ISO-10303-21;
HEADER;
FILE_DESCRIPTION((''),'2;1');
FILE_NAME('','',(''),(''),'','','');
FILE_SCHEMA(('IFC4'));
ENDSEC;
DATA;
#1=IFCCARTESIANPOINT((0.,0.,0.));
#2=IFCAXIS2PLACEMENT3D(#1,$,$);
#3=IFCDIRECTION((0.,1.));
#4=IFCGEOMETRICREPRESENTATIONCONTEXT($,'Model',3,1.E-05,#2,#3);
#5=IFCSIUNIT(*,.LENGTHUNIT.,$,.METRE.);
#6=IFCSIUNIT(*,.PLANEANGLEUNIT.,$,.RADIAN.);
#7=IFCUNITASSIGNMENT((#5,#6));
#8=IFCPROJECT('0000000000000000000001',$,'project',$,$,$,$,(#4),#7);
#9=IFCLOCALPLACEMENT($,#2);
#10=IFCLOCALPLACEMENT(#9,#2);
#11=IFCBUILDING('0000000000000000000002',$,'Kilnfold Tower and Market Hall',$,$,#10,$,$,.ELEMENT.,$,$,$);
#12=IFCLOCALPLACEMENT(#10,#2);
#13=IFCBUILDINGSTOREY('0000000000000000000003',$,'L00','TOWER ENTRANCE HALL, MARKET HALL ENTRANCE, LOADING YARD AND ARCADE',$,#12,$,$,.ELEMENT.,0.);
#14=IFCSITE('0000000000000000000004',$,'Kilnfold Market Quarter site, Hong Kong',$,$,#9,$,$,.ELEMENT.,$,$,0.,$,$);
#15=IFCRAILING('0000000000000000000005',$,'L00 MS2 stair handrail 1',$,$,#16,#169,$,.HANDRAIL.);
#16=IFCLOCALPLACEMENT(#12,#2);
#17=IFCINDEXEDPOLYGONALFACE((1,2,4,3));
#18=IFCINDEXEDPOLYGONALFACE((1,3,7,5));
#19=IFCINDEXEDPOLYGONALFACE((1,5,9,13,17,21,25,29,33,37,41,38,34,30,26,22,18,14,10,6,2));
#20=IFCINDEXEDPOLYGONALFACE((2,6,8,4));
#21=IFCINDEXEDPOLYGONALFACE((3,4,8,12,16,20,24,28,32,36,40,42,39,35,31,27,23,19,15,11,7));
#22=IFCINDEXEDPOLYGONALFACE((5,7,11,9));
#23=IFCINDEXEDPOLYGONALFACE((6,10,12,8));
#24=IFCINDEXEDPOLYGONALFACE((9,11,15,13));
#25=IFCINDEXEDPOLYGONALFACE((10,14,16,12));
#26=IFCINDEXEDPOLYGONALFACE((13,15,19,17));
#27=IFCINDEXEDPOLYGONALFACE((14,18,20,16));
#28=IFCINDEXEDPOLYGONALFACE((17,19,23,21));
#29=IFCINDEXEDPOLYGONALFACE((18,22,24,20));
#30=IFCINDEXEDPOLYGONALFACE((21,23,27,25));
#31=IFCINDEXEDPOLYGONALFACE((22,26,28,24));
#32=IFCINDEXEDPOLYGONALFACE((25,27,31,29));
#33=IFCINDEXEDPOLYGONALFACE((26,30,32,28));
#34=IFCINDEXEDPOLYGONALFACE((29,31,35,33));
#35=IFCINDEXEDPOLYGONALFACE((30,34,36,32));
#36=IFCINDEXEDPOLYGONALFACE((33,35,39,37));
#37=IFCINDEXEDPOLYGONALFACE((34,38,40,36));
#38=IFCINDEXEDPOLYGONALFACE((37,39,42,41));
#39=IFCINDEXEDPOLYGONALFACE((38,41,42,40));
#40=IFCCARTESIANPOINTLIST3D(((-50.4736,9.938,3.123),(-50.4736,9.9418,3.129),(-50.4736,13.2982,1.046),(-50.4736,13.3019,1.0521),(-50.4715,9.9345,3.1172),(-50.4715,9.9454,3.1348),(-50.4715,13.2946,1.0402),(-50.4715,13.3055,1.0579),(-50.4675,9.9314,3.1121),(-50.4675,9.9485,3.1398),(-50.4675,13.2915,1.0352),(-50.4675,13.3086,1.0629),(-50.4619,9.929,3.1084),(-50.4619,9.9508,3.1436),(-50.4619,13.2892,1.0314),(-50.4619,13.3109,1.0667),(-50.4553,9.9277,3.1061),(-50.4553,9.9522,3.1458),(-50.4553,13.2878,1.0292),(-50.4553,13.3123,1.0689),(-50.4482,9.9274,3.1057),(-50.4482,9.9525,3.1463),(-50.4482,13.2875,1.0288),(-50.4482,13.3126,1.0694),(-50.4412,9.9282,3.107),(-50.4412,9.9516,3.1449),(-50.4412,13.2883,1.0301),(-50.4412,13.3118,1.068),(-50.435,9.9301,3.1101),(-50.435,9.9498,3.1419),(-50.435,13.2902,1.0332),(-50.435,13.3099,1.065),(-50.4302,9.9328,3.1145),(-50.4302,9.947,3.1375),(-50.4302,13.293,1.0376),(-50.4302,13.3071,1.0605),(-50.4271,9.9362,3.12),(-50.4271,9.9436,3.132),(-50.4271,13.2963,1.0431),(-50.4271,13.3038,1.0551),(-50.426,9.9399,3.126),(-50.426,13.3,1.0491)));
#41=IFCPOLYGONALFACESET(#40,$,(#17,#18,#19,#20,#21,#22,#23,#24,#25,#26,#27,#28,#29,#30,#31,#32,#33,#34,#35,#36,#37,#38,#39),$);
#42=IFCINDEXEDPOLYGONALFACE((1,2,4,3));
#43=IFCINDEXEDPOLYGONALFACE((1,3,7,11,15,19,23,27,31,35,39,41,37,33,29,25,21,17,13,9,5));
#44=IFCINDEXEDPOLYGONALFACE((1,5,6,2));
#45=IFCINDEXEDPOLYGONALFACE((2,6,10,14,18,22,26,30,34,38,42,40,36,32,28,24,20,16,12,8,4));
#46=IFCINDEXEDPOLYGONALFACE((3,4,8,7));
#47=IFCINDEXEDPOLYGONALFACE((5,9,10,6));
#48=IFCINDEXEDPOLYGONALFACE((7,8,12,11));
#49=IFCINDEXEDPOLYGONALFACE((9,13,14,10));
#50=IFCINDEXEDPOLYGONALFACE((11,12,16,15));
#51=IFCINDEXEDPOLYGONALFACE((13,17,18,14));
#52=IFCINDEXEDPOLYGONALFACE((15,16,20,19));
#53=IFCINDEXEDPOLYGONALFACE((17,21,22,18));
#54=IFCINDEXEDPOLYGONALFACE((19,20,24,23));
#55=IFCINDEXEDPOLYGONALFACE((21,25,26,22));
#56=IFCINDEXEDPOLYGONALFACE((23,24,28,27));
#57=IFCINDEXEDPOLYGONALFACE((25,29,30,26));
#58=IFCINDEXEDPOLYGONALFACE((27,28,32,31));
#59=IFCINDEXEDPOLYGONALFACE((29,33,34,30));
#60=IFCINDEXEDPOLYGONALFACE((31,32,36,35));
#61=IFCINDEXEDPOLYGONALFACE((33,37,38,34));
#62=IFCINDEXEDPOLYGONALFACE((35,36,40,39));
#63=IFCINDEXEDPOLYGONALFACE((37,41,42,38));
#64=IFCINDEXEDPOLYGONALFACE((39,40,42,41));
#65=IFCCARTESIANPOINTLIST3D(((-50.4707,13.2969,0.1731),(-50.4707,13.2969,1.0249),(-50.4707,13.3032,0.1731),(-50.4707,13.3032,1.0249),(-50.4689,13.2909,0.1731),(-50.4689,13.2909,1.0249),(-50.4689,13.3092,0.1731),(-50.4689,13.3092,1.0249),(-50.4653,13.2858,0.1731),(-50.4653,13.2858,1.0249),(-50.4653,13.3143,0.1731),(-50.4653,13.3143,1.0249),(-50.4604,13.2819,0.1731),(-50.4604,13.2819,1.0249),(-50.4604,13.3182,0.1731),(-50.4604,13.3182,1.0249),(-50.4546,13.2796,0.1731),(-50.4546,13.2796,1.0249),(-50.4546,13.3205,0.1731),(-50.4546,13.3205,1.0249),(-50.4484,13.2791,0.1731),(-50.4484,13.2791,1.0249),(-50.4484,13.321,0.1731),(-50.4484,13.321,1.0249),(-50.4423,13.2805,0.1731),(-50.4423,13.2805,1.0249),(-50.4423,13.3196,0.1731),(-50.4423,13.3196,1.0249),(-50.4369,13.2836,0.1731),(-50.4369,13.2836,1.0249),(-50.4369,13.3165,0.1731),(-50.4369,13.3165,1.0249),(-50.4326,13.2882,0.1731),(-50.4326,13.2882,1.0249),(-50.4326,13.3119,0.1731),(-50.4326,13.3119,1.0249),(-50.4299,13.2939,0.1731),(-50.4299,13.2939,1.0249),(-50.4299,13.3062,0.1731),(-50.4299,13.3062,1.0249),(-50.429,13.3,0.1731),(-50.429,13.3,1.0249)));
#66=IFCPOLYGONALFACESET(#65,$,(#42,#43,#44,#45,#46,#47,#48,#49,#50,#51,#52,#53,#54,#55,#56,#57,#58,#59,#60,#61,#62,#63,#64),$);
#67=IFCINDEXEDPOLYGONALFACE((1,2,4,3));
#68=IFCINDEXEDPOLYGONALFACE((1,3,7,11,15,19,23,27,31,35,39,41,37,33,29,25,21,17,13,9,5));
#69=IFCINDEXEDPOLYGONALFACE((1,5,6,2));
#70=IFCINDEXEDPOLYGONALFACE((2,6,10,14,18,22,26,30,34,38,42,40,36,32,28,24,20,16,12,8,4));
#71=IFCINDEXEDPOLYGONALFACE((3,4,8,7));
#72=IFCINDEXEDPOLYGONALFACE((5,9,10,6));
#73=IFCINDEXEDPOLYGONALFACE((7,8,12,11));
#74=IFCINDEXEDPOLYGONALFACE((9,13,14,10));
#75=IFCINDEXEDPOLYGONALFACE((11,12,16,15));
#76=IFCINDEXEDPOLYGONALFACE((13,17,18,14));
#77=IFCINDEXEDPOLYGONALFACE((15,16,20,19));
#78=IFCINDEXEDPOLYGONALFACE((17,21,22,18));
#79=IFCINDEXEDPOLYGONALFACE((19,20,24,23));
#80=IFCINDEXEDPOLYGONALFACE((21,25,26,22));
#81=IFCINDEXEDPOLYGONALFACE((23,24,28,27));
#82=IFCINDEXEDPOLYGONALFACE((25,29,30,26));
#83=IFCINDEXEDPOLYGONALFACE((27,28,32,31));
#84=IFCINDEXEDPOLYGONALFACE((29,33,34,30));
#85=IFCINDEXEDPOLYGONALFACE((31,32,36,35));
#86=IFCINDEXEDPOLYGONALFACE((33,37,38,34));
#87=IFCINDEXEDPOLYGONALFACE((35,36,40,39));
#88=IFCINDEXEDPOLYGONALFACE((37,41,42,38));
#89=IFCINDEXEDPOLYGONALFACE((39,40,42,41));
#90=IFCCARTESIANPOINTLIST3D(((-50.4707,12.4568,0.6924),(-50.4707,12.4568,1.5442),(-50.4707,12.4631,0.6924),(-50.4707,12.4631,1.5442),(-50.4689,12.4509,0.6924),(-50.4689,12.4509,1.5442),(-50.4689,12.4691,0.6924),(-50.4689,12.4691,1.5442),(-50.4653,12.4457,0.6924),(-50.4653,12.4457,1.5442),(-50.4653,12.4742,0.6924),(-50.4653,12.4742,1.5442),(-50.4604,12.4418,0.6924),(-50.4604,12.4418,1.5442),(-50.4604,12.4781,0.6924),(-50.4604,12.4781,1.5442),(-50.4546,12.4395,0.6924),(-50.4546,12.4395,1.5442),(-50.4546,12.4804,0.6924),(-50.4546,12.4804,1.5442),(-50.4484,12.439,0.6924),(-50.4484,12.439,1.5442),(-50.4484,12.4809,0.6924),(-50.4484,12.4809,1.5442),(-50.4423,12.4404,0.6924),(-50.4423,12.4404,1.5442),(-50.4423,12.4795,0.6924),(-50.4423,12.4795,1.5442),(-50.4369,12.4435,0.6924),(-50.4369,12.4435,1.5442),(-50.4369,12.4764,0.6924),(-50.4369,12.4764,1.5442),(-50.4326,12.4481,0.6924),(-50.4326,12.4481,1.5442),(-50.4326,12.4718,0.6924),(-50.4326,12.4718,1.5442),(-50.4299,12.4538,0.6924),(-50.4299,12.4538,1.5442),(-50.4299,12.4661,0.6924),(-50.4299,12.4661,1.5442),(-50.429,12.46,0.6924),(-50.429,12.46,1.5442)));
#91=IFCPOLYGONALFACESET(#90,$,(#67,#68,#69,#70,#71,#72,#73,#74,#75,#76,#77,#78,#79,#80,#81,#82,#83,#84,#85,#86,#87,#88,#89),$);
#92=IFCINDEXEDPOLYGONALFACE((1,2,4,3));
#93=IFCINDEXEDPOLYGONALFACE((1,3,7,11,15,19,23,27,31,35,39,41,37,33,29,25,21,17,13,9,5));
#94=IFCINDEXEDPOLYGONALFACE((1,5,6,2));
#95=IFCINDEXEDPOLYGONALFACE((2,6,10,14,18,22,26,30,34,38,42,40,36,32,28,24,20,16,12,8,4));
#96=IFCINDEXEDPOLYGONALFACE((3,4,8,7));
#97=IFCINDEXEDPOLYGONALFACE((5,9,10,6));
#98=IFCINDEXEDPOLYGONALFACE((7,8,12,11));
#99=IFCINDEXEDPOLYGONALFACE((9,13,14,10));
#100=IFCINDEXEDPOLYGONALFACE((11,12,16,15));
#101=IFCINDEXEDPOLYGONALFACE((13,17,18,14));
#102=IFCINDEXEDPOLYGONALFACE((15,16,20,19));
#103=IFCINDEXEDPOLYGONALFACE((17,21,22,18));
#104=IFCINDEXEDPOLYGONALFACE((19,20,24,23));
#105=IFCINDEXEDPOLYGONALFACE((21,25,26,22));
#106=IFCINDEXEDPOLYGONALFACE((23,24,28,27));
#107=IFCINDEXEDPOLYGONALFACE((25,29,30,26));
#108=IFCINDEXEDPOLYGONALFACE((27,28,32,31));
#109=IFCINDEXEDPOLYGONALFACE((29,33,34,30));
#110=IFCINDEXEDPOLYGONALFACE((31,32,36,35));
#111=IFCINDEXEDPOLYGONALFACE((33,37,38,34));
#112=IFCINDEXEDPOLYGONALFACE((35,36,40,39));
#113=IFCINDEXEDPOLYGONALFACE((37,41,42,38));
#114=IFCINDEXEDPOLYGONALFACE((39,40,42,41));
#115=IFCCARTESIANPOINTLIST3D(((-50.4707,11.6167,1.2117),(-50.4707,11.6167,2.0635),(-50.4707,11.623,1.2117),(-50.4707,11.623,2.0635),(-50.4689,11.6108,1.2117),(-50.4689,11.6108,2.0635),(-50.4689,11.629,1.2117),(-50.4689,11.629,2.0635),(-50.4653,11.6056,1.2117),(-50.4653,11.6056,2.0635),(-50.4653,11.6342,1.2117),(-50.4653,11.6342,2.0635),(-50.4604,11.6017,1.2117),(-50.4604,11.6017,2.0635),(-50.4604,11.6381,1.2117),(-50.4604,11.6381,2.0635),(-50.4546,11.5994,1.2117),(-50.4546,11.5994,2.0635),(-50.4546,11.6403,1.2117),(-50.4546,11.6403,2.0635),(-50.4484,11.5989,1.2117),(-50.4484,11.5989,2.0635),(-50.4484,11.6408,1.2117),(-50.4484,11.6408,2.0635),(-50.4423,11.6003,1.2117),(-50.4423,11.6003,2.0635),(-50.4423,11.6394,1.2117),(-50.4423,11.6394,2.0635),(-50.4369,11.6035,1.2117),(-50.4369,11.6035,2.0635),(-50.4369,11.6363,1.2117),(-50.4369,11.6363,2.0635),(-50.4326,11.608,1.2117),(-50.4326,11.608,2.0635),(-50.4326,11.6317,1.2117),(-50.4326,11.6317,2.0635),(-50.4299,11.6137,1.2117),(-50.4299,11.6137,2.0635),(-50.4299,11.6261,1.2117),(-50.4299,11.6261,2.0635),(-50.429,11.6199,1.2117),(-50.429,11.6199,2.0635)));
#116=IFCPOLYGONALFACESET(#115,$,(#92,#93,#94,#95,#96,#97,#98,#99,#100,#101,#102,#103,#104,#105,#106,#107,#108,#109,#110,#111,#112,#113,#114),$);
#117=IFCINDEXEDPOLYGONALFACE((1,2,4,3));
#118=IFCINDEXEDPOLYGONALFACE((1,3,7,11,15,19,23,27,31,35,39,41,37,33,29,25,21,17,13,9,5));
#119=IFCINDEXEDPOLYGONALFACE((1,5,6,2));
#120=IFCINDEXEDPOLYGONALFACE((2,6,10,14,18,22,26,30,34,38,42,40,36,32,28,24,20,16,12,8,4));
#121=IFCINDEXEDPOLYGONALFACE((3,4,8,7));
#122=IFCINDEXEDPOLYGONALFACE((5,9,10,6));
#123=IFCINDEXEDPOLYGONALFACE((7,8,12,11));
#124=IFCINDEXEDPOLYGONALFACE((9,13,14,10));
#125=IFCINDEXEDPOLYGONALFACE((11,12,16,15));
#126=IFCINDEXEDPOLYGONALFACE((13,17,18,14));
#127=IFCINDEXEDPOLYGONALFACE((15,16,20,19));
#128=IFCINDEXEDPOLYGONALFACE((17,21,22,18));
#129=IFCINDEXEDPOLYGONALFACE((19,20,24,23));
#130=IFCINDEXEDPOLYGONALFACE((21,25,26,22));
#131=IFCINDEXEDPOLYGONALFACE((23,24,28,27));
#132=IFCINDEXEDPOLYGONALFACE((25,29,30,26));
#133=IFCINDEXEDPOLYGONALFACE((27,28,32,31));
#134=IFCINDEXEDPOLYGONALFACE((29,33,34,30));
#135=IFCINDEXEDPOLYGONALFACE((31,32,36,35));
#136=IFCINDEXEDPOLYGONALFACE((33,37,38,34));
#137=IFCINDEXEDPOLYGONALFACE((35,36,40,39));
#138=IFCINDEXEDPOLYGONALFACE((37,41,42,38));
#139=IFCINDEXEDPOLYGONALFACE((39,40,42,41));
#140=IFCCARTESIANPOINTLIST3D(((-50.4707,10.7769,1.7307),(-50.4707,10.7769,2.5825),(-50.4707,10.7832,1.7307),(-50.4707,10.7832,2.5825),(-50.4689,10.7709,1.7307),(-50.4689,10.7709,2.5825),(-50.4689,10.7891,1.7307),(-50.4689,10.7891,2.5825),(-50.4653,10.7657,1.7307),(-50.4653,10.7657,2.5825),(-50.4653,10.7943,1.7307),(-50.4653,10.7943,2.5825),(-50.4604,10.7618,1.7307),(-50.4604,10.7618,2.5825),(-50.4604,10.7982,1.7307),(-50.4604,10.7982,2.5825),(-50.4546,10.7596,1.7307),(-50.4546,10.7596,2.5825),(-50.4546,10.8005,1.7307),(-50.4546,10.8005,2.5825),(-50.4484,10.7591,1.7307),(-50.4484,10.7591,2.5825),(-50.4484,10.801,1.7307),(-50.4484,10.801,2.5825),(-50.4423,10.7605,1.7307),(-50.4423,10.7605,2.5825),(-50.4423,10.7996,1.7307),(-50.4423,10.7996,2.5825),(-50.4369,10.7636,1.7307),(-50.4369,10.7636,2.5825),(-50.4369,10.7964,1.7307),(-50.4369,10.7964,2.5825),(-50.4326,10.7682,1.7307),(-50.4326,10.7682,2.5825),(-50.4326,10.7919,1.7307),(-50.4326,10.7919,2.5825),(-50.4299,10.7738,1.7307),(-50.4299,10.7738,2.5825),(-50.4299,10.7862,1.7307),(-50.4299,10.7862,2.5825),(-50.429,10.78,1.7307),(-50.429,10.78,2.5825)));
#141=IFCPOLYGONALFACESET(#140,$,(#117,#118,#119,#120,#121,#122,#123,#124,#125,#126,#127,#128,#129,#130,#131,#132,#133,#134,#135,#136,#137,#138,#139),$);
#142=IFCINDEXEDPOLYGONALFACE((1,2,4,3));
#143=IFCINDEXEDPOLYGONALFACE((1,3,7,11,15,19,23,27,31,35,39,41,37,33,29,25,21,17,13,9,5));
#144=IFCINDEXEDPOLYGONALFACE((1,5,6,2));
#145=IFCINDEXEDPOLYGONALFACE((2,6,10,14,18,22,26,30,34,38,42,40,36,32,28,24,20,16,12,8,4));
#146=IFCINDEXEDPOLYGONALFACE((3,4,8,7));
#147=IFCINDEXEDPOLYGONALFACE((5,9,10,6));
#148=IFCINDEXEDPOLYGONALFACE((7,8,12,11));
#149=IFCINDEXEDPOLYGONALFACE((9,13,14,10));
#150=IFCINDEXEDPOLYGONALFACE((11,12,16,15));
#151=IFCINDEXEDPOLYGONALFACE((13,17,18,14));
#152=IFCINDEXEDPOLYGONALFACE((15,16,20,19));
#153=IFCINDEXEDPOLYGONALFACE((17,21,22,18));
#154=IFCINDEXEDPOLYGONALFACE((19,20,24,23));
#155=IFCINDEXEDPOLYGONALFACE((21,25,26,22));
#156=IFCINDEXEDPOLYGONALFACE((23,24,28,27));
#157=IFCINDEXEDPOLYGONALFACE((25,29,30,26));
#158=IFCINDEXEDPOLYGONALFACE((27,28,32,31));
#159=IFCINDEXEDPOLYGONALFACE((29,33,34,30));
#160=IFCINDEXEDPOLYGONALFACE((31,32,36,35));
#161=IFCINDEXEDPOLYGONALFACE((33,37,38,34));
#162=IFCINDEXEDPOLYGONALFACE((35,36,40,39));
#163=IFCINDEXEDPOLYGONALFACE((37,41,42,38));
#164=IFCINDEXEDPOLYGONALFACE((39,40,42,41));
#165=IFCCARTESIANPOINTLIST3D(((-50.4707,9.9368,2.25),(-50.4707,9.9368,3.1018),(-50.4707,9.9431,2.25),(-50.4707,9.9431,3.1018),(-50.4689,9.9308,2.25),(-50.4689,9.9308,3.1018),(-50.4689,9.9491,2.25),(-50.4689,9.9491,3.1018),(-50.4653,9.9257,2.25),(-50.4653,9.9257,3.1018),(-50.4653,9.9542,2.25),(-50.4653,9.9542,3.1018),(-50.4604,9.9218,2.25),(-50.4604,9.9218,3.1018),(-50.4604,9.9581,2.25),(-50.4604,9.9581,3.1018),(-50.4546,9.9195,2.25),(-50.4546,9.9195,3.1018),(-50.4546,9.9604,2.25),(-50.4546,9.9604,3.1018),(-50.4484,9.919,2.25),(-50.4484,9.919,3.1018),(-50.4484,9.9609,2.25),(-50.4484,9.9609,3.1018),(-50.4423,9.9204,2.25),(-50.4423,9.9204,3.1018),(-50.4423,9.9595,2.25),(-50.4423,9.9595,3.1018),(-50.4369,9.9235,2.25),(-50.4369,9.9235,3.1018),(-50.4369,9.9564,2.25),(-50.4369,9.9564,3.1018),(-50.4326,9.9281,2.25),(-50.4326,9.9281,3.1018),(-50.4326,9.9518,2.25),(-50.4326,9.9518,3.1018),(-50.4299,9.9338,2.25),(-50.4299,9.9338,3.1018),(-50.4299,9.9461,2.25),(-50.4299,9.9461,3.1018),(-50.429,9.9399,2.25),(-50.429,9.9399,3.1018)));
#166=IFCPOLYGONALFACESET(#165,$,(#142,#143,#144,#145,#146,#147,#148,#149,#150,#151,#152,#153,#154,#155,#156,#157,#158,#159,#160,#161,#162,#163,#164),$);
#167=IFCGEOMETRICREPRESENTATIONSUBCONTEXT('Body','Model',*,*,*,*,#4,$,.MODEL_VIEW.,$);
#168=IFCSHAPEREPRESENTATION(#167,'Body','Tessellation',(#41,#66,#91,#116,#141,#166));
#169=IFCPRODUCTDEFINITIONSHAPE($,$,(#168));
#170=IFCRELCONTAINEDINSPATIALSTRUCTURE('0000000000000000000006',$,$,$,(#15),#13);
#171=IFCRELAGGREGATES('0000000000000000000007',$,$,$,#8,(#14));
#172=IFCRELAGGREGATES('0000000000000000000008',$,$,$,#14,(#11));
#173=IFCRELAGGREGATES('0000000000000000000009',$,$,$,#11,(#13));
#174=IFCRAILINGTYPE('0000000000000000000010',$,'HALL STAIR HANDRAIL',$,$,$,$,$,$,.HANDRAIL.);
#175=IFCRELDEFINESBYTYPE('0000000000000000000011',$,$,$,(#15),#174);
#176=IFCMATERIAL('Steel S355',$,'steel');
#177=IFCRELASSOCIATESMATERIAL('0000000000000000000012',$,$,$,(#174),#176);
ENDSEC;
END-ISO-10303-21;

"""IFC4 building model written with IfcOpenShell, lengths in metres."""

from ifc_helpers import new_model, si_unit, direction, frame, origin, origin_2d, place, context, subcontext, project, spatial, circle, extrude, material, type_object, element, save


model = new_model("IFC4")

# Units and contexts
model_context = context("Model", 3, precision=1e-05, world=origin(), true_north=direction((0.0, 1.0)))
body_context = subcontext(model_context, "Body", "Model", "MODEL_VIEW")
ifc_project = project(units=[si_unit("LENGTHUNIT", "METRE"), si_unit("PLANEANGLEUNIT", "RADIAN")], contexts=[model_context])

# Site, building, storey
site_placement = place(None, origin())
site = spatial("IfcSite", under=ifc_project, at=site_placement, Name="Kilnfold Market Quarter site, Hong Kong", CompositionType="ELEMENT", RefElevation=0.0)
building_placement = place(site_placement, origin())
building = spatial("IfcBuilding", under=site, at=building_placement, Name="Kilnfold Tower and Market Hall", CompositionType="ELEMENT")
storey_placement = place(building_placement, origin())
storey = spatial("IfcBuildingStorey", under=building, at=storey_placement, Name="L00", Description="TOWER ENTRANCE HALL, MARKET HALL ENTRANCE, LOADING YARD AND ARCADE", CompositionType="ELEMENT", Elevation=0.0)

# Railing
ifc_material_1 = material(Name="Steel S355", Category="steel")
railing_type_1 = type_object("IfcRailingType", Name="HALL STAIR HANDRAIL", PredefinedType="HANDRAIL", material=ifc_material_1)
railing_1_placement = place(storey_placement, frame((-50.45, 13.3, 0.1731)))
element("IfcRailing", 1, at=railing_1_placement, inside=storey, type_object=railing_type_1, Name="L00 MS2 stair handrail 1", PredefinedType="HANDRAIL", context=body_context, shape_type="SweptSolid", body=[
    extrude(circle(Radius=0.0239, at=origin_2d()), frame((0.0, 0.0, 0.876), z_axis=(0.0, -0.850623, 0.525776), x_axis=(1.0, 0.0, 0.0)), (0.0, 0.0, 1.0), 3.9502),
    extrude(circle(Radius=0.021, at=origin_2d()), origin(), (0.0, 0.0, 1.0), 0.8518),
    extrude(circle(Radius=0.021, at=origin_2d()), frame((0.0, -0.8401, 0.5193)), (0.0, 0.0, 1.0), 0.8518),
    extrude(circle(Radius=0.021, at=origin_2d()), frame((0.0, -1.6802, 1.0386)), (0.0, 0.0, 1.0), 0.8518),
    extrude(circle(Radius=0.021, at=origin_2d()), frame((0.0, -2.52, 1.5576)), (0.0, 0.0, 1.0), 0.8518),
    extrude(circle(Radius=0.021, at=origin_2d()), frame((0.0, -3.3601, 2.0769)), (0.0, 0.0, 1.0), 0.8518),
])

save(model, "model.ifc")
